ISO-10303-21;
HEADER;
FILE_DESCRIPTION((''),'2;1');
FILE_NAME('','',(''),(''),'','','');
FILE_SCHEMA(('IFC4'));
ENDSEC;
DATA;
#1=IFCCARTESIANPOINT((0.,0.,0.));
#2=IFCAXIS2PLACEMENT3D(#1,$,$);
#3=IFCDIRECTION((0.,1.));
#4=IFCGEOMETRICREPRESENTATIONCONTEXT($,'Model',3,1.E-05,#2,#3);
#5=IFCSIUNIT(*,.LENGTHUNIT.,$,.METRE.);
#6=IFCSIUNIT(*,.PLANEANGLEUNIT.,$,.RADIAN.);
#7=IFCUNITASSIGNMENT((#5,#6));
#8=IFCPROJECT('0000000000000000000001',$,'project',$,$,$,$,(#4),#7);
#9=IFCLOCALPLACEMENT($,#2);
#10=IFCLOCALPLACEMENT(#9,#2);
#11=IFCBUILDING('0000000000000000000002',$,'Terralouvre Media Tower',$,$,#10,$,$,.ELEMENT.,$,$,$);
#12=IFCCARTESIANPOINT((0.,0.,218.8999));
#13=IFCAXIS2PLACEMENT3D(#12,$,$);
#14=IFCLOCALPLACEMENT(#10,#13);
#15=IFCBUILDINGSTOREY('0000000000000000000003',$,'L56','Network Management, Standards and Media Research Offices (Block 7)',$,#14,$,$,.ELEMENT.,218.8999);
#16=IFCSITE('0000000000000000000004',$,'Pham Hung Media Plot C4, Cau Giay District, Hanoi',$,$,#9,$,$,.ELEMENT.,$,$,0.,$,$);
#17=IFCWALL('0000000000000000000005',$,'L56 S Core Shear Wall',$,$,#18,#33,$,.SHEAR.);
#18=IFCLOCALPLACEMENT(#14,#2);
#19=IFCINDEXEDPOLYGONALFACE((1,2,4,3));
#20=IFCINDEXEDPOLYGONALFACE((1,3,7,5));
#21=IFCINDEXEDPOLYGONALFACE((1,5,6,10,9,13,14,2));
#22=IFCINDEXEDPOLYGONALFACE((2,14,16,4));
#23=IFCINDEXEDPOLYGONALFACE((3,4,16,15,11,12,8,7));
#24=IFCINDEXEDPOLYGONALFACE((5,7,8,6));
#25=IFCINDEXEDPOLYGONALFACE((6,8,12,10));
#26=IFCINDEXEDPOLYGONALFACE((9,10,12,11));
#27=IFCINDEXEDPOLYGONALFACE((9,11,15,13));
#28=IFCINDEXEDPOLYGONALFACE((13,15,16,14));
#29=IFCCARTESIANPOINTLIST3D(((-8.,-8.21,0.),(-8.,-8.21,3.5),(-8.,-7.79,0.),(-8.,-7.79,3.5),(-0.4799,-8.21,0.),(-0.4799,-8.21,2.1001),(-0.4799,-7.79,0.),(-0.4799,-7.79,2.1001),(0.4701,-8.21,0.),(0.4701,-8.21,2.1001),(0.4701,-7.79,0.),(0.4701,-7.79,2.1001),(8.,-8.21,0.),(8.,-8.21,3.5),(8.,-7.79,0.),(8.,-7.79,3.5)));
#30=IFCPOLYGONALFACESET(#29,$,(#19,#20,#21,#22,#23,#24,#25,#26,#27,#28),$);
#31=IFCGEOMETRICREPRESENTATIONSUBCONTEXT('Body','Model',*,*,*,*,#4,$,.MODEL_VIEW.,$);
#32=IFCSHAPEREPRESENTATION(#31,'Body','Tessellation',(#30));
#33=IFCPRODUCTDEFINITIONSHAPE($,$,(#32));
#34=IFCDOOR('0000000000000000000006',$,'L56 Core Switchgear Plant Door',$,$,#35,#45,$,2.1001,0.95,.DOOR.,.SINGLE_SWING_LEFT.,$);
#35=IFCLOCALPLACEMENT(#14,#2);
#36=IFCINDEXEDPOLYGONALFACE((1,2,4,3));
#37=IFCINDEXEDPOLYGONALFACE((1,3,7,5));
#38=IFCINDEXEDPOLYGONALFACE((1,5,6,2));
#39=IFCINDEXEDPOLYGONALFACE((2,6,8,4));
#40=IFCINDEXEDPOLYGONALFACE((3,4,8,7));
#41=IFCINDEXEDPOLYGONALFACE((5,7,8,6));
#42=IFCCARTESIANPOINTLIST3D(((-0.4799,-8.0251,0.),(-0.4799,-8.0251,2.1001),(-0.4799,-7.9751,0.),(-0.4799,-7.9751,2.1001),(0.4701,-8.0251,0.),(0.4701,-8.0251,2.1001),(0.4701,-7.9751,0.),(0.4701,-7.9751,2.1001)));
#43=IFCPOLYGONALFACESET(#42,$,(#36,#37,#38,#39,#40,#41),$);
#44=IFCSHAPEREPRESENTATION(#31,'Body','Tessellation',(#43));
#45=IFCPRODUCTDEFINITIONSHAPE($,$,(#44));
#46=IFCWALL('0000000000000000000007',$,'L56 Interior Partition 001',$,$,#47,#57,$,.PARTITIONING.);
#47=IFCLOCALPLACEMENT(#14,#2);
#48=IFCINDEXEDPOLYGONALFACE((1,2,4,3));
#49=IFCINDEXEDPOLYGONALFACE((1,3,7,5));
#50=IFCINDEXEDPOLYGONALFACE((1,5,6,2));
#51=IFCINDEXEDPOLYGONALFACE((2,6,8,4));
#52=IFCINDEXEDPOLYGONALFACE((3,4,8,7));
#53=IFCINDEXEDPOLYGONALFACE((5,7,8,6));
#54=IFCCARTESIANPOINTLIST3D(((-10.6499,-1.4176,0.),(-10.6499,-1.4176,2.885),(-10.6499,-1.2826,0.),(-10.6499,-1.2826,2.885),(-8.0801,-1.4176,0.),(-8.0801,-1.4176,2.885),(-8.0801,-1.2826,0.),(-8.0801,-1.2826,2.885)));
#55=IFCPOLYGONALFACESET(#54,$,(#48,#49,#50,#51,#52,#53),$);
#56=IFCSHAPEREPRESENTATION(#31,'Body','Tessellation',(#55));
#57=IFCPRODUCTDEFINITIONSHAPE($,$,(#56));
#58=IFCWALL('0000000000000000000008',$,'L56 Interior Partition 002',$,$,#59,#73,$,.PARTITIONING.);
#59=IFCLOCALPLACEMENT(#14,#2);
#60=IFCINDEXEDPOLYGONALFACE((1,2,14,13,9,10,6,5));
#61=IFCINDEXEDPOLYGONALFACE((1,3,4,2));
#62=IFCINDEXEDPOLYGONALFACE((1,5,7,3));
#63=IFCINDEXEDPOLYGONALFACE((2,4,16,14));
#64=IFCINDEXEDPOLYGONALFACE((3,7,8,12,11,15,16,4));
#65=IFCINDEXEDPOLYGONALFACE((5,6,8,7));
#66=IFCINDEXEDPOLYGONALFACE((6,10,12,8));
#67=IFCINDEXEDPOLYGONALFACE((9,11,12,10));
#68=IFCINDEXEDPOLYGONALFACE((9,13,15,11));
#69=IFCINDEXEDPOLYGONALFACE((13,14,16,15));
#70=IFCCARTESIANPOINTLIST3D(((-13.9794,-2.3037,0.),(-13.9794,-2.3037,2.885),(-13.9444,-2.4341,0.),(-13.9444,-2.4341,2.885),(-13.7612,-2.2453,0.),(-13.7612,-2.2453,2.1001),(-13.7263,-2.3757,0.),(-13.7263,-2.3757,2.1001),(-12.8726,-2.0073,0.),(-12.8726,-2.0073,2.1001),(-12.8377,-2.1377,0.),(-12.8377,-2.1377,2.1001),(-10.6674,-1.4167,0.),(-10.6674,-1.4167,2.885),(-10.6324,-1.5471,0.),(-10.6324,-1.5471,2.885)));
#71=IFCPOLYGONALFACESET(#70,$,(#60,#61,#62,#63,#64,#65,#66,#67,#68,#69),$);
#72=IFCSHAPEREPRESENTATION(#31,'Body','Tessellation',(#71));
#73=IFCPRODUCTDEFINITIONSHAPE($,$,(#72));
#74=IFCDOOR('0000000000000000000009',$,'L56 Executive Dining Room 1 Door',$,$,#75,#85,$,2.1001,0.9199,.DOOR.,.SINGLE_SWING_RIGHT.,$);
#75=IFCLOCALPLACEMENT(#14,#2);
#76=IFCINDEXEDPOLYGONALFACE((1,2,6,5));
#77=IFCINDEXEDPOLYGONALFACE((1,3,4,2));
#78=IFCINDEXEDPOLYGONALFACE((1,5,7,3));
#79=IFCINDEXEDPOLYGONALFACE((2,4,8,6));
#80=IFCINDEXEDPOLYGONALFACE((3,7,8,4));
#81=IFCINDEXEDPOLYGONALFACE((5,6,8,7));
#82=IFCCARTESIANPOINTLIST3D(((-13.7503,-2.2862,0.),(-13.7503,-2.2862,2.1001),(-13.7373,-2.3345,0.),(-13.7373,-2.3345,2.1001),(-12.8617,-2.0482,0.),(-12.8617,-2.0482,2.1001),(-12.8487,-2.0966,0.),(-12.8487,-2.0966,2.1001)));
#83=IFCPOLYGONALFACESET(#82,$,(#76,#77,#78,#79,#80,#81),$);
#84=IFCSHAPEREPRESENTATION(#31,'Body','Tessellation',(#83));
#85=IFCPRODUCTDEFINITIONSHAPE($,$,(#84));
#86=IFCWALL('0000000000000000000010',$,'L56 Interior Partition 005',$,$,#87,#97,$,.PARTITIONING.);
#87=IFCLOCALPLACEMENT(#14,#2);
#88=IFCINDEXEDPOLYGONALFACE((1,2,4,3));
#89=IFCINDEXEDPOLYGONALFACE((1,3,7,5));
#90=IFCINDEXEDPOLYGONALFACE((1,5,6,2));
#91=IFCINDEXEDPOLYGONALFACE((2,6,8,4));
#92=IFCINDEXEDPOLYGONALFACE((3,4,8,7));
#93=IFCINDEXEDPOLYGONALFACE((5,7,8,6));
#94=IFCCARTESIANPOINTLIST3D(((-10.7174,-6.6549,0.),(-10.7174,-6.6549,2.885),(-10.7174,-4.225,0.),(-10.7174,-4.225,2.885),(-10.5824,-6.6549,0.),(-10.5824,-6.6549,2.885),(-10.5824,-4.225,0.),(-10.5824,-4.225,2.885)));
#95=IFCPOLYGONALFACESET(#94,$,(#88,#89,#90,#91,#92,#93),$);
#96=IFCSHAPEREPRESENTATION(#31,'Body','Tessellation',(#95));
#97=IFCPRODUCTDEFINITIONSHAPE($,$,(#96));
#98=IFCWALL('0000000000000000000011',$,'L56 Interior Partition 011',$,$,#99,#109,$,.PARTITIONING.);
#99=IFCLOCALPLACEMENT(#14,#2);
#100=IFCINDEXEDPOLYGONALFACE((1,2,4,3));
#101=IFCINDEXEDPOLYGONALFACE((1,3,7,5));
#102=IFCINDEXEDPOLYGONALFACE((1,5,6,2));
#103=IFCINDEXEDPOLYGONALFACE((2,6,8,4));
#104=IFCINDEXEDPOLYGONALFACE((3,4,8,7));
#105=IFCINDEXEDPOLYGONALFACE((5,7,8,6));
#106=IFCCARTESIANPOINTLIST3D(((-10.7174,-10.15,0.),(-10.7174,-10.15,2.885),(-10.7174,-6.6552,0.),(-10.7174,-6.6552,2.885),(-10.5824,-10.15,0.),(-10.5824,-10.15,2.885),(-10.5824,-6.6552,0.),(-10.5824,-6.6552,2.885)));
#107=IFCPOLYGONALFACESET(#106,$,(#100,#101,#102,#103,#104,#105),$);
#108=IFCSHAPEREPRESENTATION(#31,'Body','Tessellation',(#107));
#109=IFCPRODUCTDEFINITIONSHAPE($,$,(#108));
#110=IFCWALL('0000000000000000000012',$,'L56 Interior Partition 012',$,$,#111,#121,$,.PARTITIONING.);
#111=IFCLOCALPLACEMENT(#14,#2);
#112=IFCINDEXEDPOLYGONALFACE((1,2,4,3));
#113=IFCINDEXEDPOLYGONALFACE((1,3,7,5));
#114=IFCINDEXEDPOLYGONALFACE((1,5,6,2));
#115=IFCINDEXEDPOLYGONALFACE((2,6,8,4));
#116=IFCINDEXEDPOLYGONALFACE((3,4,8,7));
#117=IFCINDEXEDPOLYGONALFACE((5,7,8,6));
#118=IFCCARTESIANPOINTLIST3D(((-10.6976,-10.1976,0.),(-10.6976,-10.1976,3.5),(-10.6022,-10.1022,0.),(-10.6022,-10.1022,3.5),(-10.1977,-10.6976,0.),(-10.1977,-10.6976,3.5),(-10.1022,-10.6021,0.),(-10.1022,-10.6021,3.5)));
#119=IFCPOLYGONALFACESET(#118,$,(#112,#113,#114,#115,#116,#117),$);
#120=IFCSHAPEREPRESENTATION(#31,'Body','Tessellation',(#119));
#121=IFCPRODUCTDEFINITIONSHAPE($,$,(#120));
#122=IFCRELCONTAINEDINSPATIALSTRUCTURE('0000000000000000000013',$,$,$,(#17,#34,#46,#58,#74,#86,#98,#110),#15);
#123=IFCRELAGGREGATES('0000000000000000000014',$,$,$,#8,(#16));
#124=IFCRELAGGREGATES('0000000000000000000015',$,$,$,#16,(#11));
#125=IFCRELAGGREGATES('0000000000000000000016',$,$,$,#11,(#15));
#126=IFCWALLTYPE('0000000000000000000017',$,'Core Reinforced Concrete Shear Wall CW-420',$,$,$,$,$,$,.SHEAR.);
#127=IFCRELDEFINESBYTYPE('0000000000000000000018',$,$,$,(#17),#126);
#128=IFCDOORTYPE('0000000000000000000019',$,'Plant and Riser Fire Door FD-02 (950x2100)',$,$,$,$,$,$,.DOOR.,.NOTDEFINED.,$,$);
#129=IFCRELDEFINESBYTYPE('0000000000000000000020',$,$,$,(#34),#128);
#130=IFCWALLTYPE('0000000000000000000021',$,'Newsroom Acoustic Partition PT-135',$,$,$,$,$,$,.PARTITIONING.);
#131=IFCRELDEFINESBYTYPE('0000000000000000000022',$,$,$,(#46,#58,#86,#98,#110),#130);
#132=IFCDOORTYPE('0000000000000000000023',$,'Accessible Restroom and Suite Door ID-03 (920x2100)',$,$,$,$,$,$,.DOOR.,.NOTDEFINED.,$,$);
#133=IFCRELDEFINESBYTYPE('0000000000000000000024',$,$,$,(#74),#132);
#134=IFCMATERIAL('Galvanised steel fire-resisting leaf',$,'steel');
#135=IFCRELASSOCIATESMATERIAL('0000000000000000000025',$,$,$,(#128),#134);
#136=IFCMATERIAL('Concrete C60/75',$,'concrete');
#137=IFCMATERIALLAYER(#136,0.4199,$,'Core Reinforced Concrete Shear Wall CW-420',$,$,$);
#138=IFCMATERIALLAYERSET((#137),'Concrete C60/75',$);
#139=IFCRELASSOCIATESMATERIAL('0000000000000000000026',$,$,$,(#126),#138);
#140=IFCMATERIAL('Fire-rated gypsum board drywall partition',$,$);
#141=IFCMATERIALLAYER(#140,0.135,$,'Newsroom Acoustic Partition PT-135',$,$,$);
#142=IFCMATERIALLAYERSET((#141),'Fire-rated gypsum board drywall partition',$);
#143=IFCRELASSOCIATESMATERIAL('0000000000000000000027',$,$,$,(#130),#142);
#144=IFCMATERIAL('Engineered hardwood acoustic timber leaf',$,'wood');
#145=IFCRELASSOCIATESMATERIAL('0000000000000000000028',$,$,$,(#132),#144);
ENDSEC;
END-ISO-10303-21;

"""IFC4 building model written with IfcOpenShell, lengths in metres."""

from ifc_helpers import new_model, si_unit, direction, frame, frame_2d, origin, place, context, subcontext, project, spatial, rectangle, extrude, material, layer, layer_set, type_object, element, fill, save


model = new_model("IFC4")

# Units and contexts
model_context = context("Model", 3, precision=1e-05, world=origin(), true_north=direction((0.0, 1.0)))
body_context = subcontext(model_context, "Body", "Model", "MODEL_VIEW")
ifc_project = project(units=[si_unit("LENGTHUNIT", "METRE"), si_unit("PLANEANGLEUNIT", "RADIAN")], contexts=[model_context])

# Site, building, storey
site_placement = place(None, origin())
site = spatial("IfcSite", under=ifc_project, at=site_placement, Name="Pham Hung Media Plot C4, Cau Giay District, Hanoi", CompositionType="ELEMENT", RefElevation=0.0)
building_placement = place(site_placement, origin())
building = spatial("IfcBuilding", under=site, at=building_placement, Name="Terralouvre Media Tower", CompositionType="ELEMENT")
storey_placement = place(building_placement, frame((0.0, 0.0, 218.8999)))
storey = spatial("IfcBuildingStorey", under=building, at=storey_placement, Name="L56", Description="Network Management, Standards and Media Research Offices (Block 7)", CompositionType="ELEMENT", Elevation=218.8999)

# Shared definitions
ifc_material_1 = material(Name="Galvanised steel fire-resisting leaf", Category="steel")
door_type_1 = type_object("IfcDoorType", Name="Plant and Riser Fire Door FD-02 (950x2100)", OperationType="NOTDEFINED", PredefinedType="DOOR", material=ifc_material_1)
ifc_material_2 = material(Name="Concrete C60/75", Category="concrete")
ifc_layer_1 = layer(ifc_material_2, 0.4199, Name="Core Reinforced Concrete Shear Wall CW-420")
ifc_layer_set_1 = layer_set([ifc_layer_1], Name="Concrete C60/75")
wall_type_1 = type_object("IfcWallType", Name="Core Reinforced Concrete Shear Wall CW-420", PredefinedType="SHEAR", material=ifc_layer_set_1)

# Wall, opening, door
wall_1_placement = place(storey_placement, frame((-8.0, -8.0, 0.0), z_axis=(0.0, 0.0, 1.0), x_axis=(1.0, 0.0, 0.0)))
wall_1 = element("IfcWall", 1, at=wall_1_placement, inside=storey, type_object=wall_type_1, Name="L56 S Core Shear Wall", PredefinedType="SHEAR", context=body_context, shape_type="SweptSolid", body=[
    extrude(rectangle(XDim=16.0, YDim=0.4199, at=frame_2d((8.0, 0.0))), origin(), (0.0, 0.0, 1.0), 3.5),
])
opening_1_placement = place(wall_1_placement, frame((7.52, 0.0, 0.0)))
opening_1 = element("IfcOpeningElement", 2, at=opening_1_placement, cuts=wall_1, PredefinedType="OPENING", context=body_context, shape_type="SweptSolid", body=[
    extrude(rectangle(XDim=0.95, YDim=2.1001, at=frame_2d((0.4751, 1.05))), frame((0.0, 0.22, 0.0), z_axis=(0.0, -1.0, 0.0), x_axis=(1.0, 0.0, 0.0)), (0.0, 0.0, 1.0), 0.4399),
])
door_1_placement = place(opening_1_placement, origin())
door_1 = element("IfcDoor", 3, at=door_1_placement, inside=storey, type_object=door_type_1, Name="L56 Core Switchgear Plant Door", OperationType="SINGLE_SWING_LEFT", OverallHeight=2.1001, OverallWidth=0.95, PredefinedType="DOOR", context=body_context, shape_type="SweptSolid", body=[
    extrude(rectangle(XDim=0.95, YDim=2.1001, at=frame_2d((0.4751, 1.05))), frame((0.0, 0.0249, 0.0), z_axis=(0.0, -1.0, 0.0), x_axis=(1.0, 0.0, 0.0)), (0.0, 0.0, 1.0), 0.05),
])
fill(opening_1, door_1)

# Wall
ifc_material_3 = material(Name="Fire-rated gypsum board drywall partition")
ifc_layer_2 = layer(ifc_material_3, 0.135, Name="Newsroom Acoustic Partition PT-135")
ifc_layer_set_2 = layer_set([ifc_layer_2], Name="Fire-rated gypsum board drywall partition")
wall_type_2 = type_object("IfcWallType", Name="Newsroom Acoustic Partition PT-135", PredefinedType="PARTITIONING", material=ifc_layer_set_2)
wall_2_placement = place(storey_placement, frame((-8.0801, -1.3501, 0.0), z_axis=(0.0, 0.0, 1.0), x_axis=(-1.0, 0.0, 0.0)))
element("IfcWall", 4, at=wall_2_placement, inside=storey, type_object=wall_type_2, Name="L56 Interior Partition 001", PredefinedType="PARTITIONING", context=body_context, shape_type="SweptSolid", body=[
    extrude(rectangle(XDim=2.5698, YDim=0.135, at=frame_2d((1.2849, 0.0))), origin(), (0.0, 0.0, 1.0), 2.885),
])

# Wall, opening, door
wall_3_placement = place(storey_placement, frame((-10.6499, -1.4819, 0.0), z_axis=(0.0, 0.0, 1.0), x_axis=(-0.965961, -0.258686, 0.0)))
wall_3 = element("IfcWall", 5, at=wall_3_placement, inside=storey, type_object=wall_type_2, Name="L56 Interior Partition 002", PredefinedType="PARTITIONING", context=body_context, shape_type="SweptSolid", body=[
    extrude(rectangle(XDim=3.4287, YDim=0.135, at=frame_2d((1.7144, 0.0))), origin(), (0.0, 0.0, 1.0), 2.885),
])
opening_2_placement = place(wall_3_placement, frame((2.283, 0.0, 0.0)))
opening_2 = element("IfcOpeningElement", 6, at=opening_2_placement, cuts=wall_3, PredefinedType="OPENING", context=body_context, shape_type="SweptSolid", body=[
    extrude(rectangle(XDim=0.9199, YDim=2.1001, at=frame_2d((0.46, 1.05))), frame((0.0, 0.0774, 0.0), z_axis=(0.0, -1.0, 0.0), x_axis=(1.0, 0.0, 0.0)), (0.0, 0.0, 1.0), 0.155),
])
ifc_material_4 = material(Name="Engineered hardwood acoustic timber leaf", Category="wood")
door_type_2 = type_object("IfcDoorType", Name="Accessible Restroom and Suite Door ID-03 (920x2100)", OperationType="NOTDEFINED", PredefinedType="DOOR", material=ifc_material_4)
door_2_placement = place(opening_2_placement, origin())
door_2 = element("IfcDoor", 7, at=door_2_placement, inside=storey, type_object=door_type_2, Name="L56 Executive Dining Room 1 Door", OperationType="SINGLE_SWING_RIGHT", OverallHeight=2.1001, OverallWidth=0.9199, PredefinedType="DOOR", context=body_context, shape_type="SweptSolid", body=[
    extrude(rectangle(XDim=0.9199, YDim=2.1001, at=frame_2d((0.46, 1.05))), frame((0.0, 0.0249, 0.0), z_axis=(0.0, -1.0, 0.0), x_axis=(1.0, 0.0, 0.0)), (0.0, 0.0, 1.0), 0.05),
])
fill(opening_2, door_2)

# Walls
wall_4_placement = place(storey_placement, frame((-10.6499, -4.2251, 0.0), z_axis=(0.0, 0.0, 1.0), x_axis=(0.0, -1.0, 0.0)))
element("IfcWall", 8, at=wall_4_placement, inside=storey, type_object=wall_type_2, Name="L56 Interior Partition 005", PredefinedType="PARTITIONING", context=body_context, shape_type="SweptSolid", body=[
    extrude(rectangle(XDim=2.4299, YDim=0.135, at=frame_2d((1.2148, 0.0))), origin(), (0.0, 0.0, 1.0), 2.885),
])
wall_5_placement = place(storey_placement, frame((-10.6499, -6.655, 0.0), z_axis=(0.0, 0.0, 1.0), x_axis=(0.0, -1.0, 0.0)))
element("IfcWall", 9, at=wall_5_placement, inside=storey, type_object=wall_type_2, Name="L56 Interior Partition 011", PredefinedType="PARTITIONING", context=body_context, shape_type="SweptSolid", body=[
    extrude(rectangle(XDim=3.4949, YDim=0.135, at=frame_2d((1.7476, 0.0))), origin(), (0.0, 0.0, 1.0), 2.885),
])
wall_6_placement = place(storey_placement, frame((-10.6499, -10.1499, 0.0), z_axis=(0.0, 0.0, 1.0), x_axis=(0.707107, -0.707107, 0.0)))
element("IfcWall", 10, at=wall_6_placement, inside=storey, type_object=wall_type_2, Name="L56 Interior Partition 012", PredefinedType="PARTITIONING", context=body_context, shape_type="SweptSolid", body=[
    extrude(rectangle(XDim=0.707, YDim=0.135, at=frame_2d((0.3535, 0.0))), origin(), (0.0, 0.0, 1.0), 3.5),
])

save(model, "model.ifc")
